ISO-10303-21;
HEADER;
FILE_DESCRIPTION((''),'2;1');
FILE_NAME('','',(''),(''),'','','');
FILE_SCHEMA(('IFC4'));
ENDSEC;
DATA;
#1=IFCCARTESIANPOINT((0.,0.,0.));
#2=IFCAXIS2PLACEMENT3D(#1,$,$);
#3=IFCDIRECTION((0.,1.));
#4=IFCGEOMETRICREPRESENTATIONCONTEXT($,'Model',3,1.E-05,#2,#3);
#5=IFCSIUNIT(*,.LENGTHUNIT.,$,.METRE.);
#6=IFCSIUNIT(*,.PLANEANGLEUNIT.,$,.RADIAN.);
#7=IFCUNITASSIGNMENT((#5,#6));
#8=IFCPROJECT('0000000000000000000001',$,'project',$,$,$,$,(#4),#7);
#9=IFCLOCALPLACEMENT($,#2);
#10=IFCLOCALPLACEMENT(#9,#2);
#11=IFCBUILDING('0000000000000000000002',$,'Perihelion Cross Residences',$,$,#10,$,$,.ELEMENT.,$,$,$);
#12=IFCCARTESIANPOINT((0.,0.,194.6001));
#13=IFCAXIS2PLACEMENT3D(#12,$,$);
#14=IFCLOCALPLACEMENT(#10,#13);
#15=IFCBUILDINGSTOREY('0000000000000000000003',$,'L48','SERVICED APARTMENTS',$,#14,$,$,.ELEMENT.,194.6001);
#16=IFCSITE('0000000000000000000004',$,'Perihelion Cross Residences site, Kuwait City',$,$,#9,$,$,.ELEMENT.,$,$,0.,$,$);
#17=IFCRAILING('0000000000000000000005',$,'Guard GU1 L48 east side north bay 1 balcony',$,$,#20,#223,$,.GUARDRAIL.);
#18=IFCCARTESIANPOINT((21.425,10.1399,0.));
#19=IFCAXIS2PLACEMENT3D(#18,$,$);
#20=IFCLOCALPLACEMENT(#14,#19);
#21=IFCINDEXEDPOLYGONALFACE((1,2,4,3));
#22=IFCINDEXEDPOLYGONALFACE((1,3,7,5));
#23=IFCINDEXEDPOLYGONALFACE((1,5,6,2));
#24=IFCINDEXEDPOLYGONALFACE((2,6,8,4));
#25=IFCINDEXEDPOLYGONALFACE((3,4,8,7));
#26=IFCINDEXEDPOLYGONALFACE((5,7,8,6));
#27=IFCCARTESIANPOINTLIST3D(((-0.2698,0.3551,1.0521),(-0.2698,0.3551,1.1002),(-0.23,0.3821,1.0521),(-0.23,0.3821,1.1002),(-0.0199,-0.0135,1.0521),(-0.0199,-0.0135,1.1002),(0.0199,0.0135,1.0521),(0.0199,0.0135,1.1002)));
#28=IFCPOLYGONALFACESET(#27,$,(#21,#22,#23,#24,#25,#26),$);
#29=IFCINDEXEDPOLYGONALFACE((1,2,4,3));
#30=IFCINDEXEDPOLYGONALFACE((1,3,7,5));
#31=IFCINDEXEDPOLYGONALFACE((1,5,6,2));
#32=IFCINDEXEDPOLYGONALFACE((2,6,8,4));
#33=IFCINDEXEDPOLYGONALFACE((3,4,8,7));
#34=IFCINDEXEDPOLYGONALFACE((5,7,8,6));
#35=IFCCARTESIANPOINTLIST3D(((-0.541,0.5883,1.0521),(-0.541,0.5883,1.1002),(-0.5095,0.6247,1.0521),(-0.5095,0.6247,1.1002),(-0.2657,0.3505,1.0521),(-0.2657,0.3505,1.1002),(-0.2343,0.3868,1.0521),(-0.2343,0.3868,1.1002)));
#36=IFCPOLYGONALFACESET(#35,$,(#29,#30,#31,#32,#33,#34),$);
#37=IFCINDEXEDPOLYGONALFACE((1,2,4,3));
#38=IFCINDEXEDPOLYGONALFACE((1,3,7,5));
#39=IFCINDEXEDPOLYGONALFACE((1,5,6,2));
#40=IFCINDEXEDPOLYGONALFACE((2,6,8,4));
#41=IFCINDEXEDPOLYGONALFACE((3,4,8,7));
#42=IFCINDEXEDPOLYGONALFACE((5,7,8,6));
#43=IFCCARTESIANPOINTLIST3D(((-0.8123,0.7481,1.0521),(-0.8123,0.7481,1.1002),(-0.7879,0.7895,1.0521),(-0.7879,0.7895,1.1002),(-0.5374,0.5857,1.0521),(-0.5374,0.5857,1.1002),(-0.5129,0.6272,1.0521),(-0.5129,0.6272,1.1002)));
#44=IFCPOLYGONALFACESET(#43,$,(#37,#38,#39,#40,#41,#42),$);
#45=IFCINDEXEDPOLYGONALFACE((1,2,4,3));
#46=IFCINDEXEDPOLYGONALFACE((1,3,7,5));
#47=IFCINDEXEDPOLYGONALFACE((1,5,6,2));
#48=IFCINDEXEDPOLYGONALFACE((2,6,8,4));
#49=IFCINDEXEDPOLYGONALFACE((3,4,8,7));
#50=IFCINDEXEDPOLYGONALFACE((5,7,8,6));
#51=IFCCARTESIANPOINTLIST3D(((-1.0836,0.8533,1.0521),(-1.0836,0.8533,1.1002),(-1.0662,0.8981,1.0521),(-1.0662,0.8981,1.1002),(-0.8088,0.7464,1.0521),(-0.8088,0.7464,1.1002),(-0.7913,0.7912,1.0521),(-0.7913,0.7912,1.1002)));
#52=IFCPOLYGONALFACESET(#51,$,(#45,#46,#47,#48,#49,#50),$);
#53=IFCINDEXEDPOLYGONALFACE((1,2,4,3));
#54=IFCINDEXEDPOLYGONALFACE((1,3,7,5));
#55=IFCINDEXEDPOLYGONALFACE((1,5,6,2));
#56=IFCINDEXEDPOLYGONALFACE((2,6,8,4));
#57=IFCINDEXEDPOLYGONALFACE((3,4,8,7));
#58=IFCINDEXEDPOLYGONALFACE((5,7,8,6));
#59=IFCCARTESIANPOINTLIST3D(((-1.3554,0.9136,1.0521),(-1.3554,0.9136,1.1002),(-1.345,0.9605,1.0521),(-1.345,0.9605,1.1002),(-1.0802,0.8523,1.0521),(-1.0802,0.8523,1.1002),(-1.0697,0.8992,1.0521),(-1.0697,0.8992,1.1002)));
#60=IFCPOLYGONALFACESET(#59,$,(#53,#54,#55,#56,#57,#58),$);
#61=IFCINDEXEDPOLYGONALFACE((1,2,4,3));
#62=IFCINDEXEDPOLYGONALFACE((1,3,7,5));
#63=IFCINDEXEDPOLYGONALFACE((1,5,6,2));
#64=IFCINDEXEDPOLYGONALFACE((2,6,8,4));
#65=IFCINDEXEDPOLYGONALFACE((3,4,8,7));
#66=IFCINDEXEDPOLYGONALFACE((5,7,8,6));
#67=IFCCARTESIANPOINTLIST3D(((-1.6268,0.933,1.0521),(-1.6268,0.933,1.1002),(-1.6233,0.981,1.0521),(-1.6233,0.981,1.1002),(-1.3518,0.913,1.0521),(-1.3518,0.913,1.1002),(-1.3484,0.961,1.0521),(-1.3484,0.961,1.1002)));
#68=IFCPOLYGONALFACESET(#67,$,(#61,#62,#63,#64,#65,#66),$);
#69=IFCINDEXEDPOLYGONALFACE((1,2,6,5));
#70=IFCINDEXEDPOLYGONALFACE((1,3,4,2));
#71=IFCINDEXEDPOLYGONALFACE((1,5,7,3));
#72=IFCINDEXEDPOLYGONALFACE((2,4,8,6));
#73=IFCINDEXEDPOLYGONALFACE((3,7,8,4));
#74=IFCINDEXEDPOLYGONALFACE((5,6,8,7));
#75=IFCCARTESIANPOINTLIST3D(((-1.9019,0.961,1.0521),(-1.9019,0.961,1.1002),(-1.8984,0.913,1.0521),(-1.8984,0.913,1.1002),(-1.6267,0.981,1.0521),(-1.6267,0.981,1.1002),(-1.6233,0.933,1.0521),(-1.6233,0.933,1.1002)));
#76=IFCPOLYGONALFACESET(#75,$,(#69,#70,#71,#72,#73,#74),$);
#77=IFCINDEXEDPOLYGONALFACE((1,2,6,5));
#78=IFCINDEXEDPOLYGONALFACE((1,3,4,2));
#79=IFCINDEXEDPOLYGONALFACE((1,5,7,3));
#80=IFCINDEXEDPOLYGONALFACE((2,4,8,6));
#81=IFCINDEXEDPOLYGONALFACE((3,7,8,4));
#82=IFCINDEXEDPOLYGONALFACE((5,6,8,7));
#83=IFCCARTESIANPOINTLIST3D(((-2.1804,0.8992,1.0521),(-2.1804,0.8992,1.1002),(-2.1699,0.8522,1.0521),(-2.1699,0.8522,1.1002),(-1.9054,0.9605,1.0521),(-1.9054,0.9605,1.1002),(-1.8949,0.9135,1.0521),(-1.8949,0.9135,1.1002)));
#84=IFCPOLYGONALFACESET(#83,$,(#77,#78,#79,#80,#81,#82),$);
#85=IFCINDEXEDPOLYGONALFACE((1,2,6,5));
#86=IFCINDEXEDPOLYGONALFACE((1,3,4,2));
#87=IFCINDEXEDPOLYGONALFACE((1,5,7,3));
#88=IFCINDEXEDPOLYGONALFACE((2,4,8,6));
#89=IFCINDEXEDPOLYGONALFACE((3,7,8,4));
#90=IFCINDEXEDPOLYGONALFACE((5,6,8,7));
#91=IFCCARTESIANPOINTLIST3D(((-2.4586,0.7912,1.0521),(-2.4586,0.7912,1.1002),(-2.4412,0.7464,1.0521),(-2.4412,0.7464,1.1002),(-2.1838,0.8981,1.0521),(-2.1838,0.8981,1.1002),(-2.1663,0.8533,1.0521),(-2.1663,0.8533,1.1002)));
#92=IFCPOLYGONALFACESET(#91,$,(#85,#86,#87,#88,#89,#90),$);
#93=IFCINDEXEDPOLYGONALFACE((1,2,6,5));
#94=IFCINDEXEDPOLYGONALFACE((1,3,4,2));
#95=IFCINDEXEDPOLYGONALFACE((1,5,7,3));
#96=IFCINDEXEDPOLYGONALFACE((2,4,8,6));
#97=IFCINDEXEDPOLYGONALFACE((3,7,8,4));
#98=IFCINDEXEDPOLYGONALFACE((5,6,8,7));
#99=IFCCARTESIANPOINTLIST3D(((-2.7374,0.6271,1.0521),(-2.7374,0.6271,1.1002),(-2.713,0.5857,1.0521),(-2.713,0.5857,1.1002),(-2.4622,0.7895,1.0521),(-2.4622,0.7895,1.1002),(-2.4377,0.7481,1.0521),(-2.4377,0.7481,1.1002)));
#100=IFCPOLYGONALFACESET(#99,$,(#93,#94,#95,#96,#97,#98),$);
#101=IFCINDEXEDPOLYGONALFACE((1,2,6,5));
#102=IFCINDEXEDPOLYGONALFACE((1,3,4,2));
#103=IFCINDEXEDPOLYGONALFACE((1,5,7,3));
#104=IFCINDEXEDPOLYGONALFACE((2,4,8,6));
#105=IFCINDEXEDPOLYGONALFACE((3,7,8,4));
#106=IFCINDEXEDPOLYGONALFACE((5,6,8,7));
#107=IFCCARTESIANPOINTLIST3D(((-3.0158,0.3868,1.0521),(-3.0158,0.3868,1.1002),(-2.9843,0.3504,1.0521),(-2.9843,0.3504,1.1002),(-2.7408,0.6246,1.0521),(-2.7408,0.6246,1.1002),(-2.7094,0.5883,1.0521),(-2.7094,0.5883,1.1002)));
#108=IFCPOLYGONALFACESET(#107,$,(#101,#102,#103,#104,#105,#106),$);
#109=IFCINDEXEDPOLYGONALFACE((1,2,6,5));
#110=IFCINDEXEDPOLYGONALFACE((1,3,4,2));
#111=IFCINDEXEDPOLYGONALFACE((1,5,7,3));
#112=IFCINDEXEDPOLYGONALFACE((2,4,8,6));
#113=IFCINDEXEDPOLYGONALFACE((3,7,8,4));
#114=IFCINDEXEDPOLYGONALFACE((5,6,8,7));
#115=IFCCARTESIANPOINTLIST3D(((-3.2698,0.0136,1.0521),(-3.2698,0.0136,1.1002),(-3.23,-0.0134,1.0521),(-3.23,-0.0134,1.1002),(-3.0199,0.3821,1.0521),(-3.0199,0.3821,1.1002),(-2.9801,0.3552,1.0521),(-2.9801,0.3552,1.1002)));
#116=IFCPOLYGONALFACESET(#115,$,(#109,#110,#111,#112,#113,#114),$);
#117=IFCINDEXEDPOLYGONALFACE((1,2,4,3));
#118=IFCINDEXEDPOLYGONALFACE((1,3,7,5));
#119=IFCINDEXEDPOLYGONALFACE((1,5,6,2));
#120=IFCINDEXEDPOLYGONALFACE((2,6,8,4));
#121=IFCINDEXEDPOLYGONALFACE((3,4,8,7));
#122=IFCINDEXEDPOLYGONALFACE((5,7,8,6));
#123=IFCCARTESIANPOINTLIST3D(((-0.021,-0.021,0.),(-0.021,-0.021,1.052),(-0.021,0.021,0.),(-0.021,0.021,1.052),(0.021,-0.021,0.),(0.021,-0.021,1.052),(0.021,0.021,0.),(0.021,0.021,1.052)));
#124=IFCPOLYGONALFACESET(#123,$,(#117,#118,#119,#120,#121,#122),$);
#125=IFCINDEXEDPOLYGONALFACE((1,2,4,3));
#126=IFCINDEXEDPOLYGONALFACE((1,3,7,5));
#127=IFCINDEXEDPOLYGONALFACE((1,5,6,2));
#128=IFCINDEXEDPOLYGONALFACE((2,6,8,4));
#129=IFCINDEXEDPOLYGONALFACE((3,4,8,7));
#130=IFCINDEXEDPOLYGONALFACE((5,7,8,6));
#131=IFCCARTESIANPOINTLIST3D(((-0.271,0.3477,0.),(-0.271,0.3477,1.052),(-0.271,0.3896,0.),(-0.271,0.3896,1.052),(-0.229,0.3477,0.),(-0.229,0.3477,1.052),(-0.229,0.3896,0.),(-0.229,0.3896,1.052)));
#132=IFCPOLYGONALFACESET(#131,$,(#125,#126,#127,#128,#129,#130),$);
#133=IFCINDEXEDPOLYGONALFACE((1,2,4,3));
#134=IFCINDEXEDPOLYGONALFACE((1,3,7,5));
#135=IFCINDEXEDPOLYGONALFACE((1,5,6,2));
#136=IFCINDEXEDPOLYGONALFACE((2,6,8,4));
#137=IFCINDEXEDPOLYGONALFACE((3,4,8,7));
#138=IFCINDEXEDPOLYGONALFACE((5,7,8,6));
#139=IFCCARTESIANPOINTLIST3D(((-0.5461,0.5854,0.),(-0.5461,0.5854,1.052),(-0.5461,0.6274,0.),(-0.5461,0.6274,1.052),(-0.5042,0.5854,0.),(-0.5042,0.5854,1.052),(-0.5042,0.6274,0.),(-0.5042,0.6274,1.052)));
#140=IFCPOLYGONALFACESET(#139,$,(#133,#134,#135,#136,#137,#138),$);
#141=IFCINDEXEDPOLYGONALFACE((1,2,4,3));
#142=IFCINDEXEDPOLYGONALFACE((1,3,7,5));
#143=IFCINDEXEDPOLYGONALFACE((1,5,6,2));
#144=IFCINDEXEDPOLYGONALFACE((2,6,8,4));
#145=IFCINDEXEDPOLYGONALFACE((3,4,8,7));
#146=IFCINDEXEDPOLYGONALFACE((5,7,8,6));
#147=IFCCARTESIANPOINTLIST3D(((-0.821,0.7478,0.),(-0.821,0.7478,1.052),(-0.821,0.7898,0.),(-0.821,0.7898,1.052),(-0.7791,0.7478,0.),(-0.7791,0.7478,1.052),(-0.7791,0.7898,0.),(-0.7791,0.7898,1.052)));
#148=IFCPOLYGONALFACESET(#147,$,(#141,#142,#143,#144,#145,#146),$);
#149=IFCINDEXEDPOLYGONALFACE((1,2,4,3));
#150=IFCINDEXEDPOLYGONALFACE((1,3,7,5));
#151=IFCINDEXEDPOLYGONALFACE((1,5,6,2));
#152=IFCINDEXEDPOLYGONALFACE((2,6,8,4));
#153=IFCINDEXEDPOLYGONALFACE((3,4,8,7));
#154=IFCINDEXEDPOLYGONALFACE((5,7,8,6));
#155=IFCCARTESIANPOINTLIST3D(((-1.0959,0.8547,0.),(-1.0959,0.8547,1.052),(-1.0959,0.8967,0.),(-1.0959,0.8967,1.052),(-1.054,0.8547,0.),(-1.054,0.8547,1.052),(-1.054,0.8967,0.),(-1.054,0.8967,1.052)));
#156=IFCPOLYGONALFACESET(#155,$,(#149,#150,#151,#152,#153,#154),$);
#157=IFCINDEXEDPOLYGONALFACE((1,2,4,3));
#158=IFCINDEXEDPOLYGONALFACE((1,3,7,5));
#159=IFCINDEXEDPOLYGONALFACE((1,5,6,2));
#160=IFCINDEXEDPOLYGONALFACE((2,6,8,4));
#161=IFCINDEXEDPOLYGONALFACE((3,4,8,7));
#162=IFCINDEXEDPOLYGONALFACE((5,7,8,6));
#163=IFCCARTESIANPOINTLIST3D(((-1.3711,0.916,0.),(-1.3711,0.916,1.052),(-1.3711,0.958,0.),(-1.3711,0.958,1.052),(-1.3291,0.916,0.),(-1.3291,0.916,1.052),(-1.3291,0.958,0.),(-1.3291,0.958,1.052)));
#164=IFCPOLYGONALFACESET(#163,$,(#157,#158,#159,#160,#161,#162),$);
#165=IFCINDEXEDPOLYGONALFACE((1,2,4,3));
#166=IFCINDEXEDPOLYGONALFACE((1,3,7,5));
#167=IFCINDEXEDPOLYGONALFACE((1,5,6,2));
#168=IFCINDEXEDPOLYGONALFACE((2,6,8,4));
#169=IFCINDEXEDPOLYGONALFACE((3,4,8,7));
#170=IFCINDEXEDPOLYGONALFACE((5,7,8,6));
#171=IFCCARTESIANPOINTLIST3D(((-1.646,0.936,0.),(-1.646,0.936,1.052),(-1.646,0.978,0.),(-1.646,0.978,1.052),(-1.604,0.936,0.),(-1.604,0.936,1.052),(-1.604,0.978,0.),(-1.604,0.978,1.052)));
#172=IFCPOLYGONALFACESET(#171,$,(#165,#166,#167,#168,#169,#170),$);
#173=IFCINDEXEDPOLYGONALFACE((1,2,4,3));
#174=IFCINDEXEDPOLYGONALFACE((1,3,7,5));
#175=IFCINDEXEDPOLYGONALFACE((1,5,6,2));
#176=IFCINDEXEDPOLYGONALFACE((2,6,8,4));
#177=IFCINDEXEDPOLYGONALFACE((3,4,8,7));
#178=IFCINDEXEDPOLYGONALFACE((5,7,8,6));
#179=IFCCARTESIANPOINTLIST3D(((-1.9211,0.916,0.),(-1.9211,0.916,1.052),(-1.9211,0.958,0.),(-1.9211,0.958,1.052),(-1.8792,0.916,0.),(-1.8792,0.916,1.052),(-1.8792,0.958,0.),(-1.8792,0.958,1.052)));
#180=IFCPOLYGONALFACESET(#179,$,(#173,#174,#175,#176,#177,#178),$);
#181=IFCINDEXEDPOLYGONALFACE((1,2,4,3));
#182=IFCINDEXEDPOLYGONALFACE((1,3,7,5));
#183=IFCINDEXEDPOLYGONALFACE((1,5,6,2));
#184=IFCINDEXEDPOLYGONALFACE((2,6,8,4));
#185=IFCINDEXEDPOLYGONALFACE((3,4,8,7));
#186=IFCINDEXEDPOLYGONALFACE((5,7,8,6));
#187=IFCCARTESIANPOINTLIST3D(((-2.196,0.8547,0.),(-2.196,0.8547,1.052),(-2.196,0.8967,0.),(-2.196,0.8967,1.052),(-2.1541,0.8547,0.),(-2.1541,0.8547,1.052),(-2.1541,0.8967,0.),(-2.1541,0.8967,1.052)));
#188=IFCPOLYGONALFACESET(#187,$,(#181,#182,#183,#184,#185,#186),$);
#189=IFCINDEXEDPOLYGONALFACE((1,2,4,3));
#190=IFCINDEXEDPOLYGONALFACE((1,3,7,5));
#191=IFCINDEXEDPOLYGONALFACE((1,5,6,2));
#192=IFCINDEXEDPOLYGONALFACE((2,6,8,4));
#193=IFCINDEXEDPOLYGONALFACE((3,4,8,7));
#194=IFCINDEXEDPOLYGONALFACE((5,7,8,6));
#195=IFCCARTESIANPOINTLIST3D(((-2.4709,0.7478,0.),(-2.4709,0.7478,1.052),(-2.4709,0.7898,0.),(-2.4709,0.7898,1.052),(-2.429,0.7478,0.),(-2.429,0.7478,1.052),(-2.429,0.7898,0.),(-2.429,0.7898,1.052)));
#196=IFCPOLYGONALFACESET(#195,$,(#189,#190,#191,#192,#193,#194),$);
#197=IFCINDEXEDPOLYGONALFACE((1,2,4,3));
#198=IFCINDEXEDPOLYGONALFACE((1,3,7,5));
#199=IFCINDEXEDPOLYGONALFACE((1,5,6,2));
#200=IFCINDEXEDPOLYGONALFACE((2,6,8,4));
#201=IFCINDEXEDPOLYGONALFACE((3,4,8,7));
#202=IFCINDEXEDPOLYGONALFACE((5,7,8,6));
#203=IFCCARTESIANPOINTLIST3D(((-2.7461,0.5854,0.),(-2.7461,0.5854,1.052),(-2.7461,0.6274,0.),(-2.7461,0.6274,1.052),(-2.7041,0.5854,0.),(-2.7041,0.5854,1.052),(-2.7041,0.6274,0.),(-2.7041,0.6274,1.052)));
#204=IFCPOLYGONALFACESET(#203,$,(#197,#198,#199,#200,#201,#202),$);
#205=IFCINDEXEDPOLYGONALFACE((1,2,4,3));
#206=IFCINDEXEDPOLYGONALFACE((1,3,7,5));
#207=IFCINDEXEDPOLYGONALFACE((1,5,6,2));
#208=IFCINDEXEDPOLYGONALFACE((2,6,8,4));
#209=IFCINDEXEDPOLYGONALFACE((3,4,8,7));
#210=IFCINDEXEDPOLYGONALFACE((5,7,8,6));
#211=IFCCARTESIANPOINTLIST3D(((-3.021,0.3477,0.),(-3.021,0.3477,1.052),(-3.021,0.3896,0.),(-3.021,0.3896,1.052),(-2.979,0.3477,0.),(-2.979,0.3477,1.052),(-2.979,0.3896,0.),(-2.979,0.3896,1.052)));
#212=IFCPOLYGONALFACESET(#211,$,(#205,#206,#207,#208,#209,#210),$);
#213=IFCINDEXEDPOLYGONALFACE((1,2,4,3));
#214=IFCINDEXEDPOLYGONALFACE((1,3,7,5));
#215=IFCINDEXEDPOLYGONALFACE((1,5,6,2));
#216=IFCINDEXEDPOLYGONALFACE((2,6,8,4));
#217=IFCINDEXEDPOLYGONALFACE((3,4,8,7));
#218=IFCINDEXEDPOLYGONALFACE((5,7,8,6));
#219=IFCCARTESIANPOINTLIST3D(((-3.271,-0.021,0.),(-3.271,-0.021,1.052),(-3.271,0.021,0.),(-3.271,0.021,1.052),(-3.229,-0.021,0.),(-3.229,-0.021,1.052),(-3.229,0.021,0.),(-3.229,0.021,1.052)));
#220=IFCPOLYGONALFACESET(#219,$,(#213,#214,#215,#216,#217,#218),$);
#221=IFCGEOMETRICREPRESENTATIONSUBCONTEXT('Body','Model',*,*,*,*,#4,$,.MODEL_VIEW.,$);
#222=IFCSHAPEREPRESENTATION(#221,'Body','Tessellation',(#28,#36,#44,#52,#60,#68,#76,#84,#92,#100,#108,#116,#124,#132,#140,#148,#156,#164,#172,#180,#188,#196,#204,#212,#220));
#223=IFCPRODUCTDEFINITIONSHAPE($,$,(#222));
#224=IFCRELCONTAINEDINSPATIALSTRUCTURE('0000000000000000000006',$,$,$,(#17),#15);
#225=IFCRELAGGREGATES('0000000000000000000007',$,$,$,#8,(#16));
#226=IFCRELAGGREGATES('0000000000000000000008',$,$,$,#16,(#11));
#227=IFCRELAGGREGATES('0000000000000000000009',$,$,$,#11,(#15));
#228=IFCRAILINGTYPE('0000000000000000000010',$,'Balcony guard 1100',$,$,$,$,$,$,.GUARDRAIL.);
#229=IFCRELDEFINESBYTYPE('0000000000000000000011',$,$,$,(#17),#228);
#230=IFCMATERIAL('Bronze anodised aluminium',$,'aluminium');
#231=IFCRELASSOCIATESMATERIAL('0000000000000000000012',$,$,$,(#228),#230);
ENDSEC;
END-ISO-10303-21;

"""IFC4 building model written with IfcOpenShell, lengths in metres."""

from ifc_helpers import new_model, si_unit, direction, frame, origin, origin_2d, place, context, subcontext, project, spatial, rectangle, extrude, material, type_object, element, save


model = new_model("IFC4")

# Units and contexts
model_context = context("Model", 3, precision=1e-05, world=origin(), true_north=direction((0.0, 1.0)))
body_context = subcontext(model_context, "Body", "Model", "MODEL_VIEW")
ifc_project = project(units=[si_unit("LENGTHUNIT", "METRE"), si_unit("PLANEANGLEUNIT", "RADIAN")], contexts=[model_context])

# Site, building, storey
site_placement = place(None, origin())
site = spatial("IfcSite", under=ifc_project, at=site_placement, Name="Perihelion Cross Residences site, Kuwait City", CompositionType="ELEMENT", RefElevation=0.0)
building_placement = place(site_placement, origin())
building = spatial("IfcBuilding", under=site, at=building_placement, Name="Perihelion Cross Residences", CompositionType="ELEMENT")
storey_placement = place(building_placement, frame((0.0, 0.0, 194.6001)))
storey = spatial("IfcBuildingStorey", under=building, at=storey_placement, Name="L48", Description="SERVICED APARTMENTS", CompositionType="ELEMENT", Elevation=194.6001)

# Railing
ifc_material_1 = material(Name="Bronze anodised aluminium", Category="aluminium")
railing_type_1 = type_object("IfcRailingType", Name="Balcony guard 1100", PredefinedType="GUARDRAIL", material=ifc_material_1)
railing_1_placement = place(storey_placement, frame((21.425, 10.1399, 0.0)))
element("IfcRailing", 1, at=railing_1_placement, inside=storey, type_object=railing_type_1, Name="Guard GU1 L48 east side north bay 1 balcony", PredefinedType="GUARDRAIL", context=body_context, shape_type="SweptSolid", body=[
    extrude(rectangle(XDim=0.0481, YDim=0.0481, at=origin_2d()), frame((0.0, 0.0, 1.0762), z_axis=(-0.56126, 0.827639, 0.0), x_axis=(-0.827639, -0.56126, 0.0)), (0.0, 0.0, 1.0), 0.4453),
    extrude(rectangle(XDim=0.0481, YDim=0.0481, at=origin_2d()), frame((-0.25, 0.3687, 1.0762), z_axis=(-0.756597, 0.653882, 0.0), x_axis=(-0.653882, -0.756597, 0.0)), (0.0, 0.0, 1.0), 0.3638),
    extrude(rectangle(XDim=0.0481, YDim=0.0481, at=origin_2d()), frame((-0.5251, 0.6064, 1.0762), z_axis=(-0.861048, 0.508523, 0.0), x_axis=(-0.508523, -0.861048, 0.0)), (0.0, 0.0, 1.0), 0.3193),
    extrude(rectangle(XDim=0.0481, YDim=0.0481, at=origin_2d()), frame((-0.8, 0.7688, 1.0762), z_axis=(-0.931974, 0.362526, 0.0), x_axis=(-0.362526, -0.931974, 0.0)), (0.0, 0.0, 1.0), 0.2949),
    extrude(rectangle(XDim=0.0481, YDim=0.0481, at=origin_2d()), frame((-1.075, 0.8757, 1.0762), z_axis=(-0.976085, 0.217389, 0.0), x_axis=(-0.217389, -0.976085, 0.0)), (0.0, 0.0, 1.0), 0.282),
    extrude(rectangle(XDim=0.0481, YDim=0.0481, at=origin_2d()), frame((-1.3501, 0.937, 1.0762), z_axis=(-0.997359, 0.072632, 0.0), x_axis=(-0.072632, -0.997359, 0.0)), (0.0, 0.0, 1.0), 0.2756),
    extrude(rectangle(XDim=0.0481, YDim=0.0481, at=origin_2d()), frame((-1.625, 0.957, 1.0762), z_axis=(-0.997363, -0.072568, 0.0), x_axis=(0.072568, -0.997363, 0.0)), (0.0, 0.0, 1.0), 0.2759),
    extrude(rectangle(XDim=0.0481, YDim=0.0481, at=origin_2d()), frame((-1.9001, 0.937, 1.0762), z_axis=(-0.976044, -0.217573, 0.0), x_axis=(0.217573, -0.976044, 0.0)), (0.0, 0.0, 1.0), 0.2817),
    extrude(rectangle(XDim=0.0481, YDim=0.0481, at=origin_2d()), frame((-2.175, 0.8757, 1.0762), z_axis=(-0.931974, -0.362526, 0.0), x_axis=(0.362526, -0.931974, 0.0)), (0.0, 0.0, 1.0), 0.2949),
    extrude(rectangle(XDim=0.0481, YDim=0.0481, at=origin_2d()), frame((-2.45, 0.7688, 1.0762), z_axis=(-0.861246, -0.508189, 0.0), x_axis=(0.508189, -0.861246, 0.0)), (0.0, 0.0, 1.0), 0.3196),
    extrude(rectangle(XDim=0.0481, YDim=0.0481, at=origin_2d()), frame((-2.7251, 0.6064, 1.0762), z_axis=(-0.756309, -0.654214, 0.0), x_axis=(0.654214, -0.756309, 0.0)), (0.0, 0.0, 1.0), 0.3635),
    extrude(rectangle(XDim=0.0481, YDim=0.0481, at=origin_2d()), frame((-3.0, 0.3687, 1.0762), z_axis=(-0.56126, -0.827639, 0.0), x_axis=(0.827639, -0.56126, 0.0)), (0.0, 0.0, 1.0), 0.4453),
    extrude(rectangle(XDim=0.042, YDim=0.042, at=origin_2d()), origin(), (0.0, 0.0, 1.0), 1.052),
    extrude(rectangle(XDim=0.042, YDim=0.042, at=origin_2d()), frame((-0.25, 0.3687, 0.0)), (0.0, 0.0, 1.0), 1.052),
    extrude(rectangle(XDim=0.042, YDim=0.042, at=origin_2d()), frame((-0.5251, 0.6064, 0.0)), (0.0, 0.0, 1.0), 1.052),
    extrude(rectangle(XDim=0.042, YDim=0.042, at=origin_2d()), frame((-0.8, 0.7688, 0.0)), (0.0, 0.0, 1.0), 1.052),
    extrude(rectangle(XDim=0.042, YDim=0.042, at=origin_2d()), frame((-1.075, 0.8757, 0.0)), (0.0, 0.0, 1.0), 1.052),
    extrude(rectangle(XDim=0.042, YDim=0.042, at=origin_2d()), frame((-1.3501, 0.937, 0.0)), (0.0, 0.0, 1.0), 1.052),
    extrude(rectangle(XDim=0.042, YDim=0.042, at=origin_2d()), frame((-1.625, 0.957, 0.0)), (0.0, 0.0, 1.0), 1.052),
    extrude(rectangle(XDim=0.042, YDim=0.042, at=origin_2d()), frame((-1.9001, 0.937, 0.0)), (0.0, 0.0, 1.0), 1.052),
    extrude(rectangle(XDim=0.042, YDim=0.042, at=origin_2d()), frame((-2.175, 0.8757, 0.0)), (0.0, 0.0, 1.0), 1.052),
    extrude(rectangle(XDim=0.042, YDim=0.042, at=origin_2d()), frame((-2.45, 0.7688, 0.0)), (0.0, 0.0, 1.0), 1.052),
    extrude(rectangle(XDim=0.042, YDim=0.042, at=origin_2d()), frame((-2.7251, 0.6064, 0.0)), (0.0, 0.0, 1.0), 1.052),
    extrude(rectangle(XDim=0.042, YDim=0.042, at=origin_2d()), frame((-3.0, 0.3687, 0.0)), (0.0, 0.0, 1.0), 1.052),
    extrude(rectangle(XDim=0.042, YDim=0.042, at=origin_2d()), frame((-3.25, 0.0, 0.0)), (0.0, 0.0, 1.0), 1.052),
])

save(model, "model.ifc")
